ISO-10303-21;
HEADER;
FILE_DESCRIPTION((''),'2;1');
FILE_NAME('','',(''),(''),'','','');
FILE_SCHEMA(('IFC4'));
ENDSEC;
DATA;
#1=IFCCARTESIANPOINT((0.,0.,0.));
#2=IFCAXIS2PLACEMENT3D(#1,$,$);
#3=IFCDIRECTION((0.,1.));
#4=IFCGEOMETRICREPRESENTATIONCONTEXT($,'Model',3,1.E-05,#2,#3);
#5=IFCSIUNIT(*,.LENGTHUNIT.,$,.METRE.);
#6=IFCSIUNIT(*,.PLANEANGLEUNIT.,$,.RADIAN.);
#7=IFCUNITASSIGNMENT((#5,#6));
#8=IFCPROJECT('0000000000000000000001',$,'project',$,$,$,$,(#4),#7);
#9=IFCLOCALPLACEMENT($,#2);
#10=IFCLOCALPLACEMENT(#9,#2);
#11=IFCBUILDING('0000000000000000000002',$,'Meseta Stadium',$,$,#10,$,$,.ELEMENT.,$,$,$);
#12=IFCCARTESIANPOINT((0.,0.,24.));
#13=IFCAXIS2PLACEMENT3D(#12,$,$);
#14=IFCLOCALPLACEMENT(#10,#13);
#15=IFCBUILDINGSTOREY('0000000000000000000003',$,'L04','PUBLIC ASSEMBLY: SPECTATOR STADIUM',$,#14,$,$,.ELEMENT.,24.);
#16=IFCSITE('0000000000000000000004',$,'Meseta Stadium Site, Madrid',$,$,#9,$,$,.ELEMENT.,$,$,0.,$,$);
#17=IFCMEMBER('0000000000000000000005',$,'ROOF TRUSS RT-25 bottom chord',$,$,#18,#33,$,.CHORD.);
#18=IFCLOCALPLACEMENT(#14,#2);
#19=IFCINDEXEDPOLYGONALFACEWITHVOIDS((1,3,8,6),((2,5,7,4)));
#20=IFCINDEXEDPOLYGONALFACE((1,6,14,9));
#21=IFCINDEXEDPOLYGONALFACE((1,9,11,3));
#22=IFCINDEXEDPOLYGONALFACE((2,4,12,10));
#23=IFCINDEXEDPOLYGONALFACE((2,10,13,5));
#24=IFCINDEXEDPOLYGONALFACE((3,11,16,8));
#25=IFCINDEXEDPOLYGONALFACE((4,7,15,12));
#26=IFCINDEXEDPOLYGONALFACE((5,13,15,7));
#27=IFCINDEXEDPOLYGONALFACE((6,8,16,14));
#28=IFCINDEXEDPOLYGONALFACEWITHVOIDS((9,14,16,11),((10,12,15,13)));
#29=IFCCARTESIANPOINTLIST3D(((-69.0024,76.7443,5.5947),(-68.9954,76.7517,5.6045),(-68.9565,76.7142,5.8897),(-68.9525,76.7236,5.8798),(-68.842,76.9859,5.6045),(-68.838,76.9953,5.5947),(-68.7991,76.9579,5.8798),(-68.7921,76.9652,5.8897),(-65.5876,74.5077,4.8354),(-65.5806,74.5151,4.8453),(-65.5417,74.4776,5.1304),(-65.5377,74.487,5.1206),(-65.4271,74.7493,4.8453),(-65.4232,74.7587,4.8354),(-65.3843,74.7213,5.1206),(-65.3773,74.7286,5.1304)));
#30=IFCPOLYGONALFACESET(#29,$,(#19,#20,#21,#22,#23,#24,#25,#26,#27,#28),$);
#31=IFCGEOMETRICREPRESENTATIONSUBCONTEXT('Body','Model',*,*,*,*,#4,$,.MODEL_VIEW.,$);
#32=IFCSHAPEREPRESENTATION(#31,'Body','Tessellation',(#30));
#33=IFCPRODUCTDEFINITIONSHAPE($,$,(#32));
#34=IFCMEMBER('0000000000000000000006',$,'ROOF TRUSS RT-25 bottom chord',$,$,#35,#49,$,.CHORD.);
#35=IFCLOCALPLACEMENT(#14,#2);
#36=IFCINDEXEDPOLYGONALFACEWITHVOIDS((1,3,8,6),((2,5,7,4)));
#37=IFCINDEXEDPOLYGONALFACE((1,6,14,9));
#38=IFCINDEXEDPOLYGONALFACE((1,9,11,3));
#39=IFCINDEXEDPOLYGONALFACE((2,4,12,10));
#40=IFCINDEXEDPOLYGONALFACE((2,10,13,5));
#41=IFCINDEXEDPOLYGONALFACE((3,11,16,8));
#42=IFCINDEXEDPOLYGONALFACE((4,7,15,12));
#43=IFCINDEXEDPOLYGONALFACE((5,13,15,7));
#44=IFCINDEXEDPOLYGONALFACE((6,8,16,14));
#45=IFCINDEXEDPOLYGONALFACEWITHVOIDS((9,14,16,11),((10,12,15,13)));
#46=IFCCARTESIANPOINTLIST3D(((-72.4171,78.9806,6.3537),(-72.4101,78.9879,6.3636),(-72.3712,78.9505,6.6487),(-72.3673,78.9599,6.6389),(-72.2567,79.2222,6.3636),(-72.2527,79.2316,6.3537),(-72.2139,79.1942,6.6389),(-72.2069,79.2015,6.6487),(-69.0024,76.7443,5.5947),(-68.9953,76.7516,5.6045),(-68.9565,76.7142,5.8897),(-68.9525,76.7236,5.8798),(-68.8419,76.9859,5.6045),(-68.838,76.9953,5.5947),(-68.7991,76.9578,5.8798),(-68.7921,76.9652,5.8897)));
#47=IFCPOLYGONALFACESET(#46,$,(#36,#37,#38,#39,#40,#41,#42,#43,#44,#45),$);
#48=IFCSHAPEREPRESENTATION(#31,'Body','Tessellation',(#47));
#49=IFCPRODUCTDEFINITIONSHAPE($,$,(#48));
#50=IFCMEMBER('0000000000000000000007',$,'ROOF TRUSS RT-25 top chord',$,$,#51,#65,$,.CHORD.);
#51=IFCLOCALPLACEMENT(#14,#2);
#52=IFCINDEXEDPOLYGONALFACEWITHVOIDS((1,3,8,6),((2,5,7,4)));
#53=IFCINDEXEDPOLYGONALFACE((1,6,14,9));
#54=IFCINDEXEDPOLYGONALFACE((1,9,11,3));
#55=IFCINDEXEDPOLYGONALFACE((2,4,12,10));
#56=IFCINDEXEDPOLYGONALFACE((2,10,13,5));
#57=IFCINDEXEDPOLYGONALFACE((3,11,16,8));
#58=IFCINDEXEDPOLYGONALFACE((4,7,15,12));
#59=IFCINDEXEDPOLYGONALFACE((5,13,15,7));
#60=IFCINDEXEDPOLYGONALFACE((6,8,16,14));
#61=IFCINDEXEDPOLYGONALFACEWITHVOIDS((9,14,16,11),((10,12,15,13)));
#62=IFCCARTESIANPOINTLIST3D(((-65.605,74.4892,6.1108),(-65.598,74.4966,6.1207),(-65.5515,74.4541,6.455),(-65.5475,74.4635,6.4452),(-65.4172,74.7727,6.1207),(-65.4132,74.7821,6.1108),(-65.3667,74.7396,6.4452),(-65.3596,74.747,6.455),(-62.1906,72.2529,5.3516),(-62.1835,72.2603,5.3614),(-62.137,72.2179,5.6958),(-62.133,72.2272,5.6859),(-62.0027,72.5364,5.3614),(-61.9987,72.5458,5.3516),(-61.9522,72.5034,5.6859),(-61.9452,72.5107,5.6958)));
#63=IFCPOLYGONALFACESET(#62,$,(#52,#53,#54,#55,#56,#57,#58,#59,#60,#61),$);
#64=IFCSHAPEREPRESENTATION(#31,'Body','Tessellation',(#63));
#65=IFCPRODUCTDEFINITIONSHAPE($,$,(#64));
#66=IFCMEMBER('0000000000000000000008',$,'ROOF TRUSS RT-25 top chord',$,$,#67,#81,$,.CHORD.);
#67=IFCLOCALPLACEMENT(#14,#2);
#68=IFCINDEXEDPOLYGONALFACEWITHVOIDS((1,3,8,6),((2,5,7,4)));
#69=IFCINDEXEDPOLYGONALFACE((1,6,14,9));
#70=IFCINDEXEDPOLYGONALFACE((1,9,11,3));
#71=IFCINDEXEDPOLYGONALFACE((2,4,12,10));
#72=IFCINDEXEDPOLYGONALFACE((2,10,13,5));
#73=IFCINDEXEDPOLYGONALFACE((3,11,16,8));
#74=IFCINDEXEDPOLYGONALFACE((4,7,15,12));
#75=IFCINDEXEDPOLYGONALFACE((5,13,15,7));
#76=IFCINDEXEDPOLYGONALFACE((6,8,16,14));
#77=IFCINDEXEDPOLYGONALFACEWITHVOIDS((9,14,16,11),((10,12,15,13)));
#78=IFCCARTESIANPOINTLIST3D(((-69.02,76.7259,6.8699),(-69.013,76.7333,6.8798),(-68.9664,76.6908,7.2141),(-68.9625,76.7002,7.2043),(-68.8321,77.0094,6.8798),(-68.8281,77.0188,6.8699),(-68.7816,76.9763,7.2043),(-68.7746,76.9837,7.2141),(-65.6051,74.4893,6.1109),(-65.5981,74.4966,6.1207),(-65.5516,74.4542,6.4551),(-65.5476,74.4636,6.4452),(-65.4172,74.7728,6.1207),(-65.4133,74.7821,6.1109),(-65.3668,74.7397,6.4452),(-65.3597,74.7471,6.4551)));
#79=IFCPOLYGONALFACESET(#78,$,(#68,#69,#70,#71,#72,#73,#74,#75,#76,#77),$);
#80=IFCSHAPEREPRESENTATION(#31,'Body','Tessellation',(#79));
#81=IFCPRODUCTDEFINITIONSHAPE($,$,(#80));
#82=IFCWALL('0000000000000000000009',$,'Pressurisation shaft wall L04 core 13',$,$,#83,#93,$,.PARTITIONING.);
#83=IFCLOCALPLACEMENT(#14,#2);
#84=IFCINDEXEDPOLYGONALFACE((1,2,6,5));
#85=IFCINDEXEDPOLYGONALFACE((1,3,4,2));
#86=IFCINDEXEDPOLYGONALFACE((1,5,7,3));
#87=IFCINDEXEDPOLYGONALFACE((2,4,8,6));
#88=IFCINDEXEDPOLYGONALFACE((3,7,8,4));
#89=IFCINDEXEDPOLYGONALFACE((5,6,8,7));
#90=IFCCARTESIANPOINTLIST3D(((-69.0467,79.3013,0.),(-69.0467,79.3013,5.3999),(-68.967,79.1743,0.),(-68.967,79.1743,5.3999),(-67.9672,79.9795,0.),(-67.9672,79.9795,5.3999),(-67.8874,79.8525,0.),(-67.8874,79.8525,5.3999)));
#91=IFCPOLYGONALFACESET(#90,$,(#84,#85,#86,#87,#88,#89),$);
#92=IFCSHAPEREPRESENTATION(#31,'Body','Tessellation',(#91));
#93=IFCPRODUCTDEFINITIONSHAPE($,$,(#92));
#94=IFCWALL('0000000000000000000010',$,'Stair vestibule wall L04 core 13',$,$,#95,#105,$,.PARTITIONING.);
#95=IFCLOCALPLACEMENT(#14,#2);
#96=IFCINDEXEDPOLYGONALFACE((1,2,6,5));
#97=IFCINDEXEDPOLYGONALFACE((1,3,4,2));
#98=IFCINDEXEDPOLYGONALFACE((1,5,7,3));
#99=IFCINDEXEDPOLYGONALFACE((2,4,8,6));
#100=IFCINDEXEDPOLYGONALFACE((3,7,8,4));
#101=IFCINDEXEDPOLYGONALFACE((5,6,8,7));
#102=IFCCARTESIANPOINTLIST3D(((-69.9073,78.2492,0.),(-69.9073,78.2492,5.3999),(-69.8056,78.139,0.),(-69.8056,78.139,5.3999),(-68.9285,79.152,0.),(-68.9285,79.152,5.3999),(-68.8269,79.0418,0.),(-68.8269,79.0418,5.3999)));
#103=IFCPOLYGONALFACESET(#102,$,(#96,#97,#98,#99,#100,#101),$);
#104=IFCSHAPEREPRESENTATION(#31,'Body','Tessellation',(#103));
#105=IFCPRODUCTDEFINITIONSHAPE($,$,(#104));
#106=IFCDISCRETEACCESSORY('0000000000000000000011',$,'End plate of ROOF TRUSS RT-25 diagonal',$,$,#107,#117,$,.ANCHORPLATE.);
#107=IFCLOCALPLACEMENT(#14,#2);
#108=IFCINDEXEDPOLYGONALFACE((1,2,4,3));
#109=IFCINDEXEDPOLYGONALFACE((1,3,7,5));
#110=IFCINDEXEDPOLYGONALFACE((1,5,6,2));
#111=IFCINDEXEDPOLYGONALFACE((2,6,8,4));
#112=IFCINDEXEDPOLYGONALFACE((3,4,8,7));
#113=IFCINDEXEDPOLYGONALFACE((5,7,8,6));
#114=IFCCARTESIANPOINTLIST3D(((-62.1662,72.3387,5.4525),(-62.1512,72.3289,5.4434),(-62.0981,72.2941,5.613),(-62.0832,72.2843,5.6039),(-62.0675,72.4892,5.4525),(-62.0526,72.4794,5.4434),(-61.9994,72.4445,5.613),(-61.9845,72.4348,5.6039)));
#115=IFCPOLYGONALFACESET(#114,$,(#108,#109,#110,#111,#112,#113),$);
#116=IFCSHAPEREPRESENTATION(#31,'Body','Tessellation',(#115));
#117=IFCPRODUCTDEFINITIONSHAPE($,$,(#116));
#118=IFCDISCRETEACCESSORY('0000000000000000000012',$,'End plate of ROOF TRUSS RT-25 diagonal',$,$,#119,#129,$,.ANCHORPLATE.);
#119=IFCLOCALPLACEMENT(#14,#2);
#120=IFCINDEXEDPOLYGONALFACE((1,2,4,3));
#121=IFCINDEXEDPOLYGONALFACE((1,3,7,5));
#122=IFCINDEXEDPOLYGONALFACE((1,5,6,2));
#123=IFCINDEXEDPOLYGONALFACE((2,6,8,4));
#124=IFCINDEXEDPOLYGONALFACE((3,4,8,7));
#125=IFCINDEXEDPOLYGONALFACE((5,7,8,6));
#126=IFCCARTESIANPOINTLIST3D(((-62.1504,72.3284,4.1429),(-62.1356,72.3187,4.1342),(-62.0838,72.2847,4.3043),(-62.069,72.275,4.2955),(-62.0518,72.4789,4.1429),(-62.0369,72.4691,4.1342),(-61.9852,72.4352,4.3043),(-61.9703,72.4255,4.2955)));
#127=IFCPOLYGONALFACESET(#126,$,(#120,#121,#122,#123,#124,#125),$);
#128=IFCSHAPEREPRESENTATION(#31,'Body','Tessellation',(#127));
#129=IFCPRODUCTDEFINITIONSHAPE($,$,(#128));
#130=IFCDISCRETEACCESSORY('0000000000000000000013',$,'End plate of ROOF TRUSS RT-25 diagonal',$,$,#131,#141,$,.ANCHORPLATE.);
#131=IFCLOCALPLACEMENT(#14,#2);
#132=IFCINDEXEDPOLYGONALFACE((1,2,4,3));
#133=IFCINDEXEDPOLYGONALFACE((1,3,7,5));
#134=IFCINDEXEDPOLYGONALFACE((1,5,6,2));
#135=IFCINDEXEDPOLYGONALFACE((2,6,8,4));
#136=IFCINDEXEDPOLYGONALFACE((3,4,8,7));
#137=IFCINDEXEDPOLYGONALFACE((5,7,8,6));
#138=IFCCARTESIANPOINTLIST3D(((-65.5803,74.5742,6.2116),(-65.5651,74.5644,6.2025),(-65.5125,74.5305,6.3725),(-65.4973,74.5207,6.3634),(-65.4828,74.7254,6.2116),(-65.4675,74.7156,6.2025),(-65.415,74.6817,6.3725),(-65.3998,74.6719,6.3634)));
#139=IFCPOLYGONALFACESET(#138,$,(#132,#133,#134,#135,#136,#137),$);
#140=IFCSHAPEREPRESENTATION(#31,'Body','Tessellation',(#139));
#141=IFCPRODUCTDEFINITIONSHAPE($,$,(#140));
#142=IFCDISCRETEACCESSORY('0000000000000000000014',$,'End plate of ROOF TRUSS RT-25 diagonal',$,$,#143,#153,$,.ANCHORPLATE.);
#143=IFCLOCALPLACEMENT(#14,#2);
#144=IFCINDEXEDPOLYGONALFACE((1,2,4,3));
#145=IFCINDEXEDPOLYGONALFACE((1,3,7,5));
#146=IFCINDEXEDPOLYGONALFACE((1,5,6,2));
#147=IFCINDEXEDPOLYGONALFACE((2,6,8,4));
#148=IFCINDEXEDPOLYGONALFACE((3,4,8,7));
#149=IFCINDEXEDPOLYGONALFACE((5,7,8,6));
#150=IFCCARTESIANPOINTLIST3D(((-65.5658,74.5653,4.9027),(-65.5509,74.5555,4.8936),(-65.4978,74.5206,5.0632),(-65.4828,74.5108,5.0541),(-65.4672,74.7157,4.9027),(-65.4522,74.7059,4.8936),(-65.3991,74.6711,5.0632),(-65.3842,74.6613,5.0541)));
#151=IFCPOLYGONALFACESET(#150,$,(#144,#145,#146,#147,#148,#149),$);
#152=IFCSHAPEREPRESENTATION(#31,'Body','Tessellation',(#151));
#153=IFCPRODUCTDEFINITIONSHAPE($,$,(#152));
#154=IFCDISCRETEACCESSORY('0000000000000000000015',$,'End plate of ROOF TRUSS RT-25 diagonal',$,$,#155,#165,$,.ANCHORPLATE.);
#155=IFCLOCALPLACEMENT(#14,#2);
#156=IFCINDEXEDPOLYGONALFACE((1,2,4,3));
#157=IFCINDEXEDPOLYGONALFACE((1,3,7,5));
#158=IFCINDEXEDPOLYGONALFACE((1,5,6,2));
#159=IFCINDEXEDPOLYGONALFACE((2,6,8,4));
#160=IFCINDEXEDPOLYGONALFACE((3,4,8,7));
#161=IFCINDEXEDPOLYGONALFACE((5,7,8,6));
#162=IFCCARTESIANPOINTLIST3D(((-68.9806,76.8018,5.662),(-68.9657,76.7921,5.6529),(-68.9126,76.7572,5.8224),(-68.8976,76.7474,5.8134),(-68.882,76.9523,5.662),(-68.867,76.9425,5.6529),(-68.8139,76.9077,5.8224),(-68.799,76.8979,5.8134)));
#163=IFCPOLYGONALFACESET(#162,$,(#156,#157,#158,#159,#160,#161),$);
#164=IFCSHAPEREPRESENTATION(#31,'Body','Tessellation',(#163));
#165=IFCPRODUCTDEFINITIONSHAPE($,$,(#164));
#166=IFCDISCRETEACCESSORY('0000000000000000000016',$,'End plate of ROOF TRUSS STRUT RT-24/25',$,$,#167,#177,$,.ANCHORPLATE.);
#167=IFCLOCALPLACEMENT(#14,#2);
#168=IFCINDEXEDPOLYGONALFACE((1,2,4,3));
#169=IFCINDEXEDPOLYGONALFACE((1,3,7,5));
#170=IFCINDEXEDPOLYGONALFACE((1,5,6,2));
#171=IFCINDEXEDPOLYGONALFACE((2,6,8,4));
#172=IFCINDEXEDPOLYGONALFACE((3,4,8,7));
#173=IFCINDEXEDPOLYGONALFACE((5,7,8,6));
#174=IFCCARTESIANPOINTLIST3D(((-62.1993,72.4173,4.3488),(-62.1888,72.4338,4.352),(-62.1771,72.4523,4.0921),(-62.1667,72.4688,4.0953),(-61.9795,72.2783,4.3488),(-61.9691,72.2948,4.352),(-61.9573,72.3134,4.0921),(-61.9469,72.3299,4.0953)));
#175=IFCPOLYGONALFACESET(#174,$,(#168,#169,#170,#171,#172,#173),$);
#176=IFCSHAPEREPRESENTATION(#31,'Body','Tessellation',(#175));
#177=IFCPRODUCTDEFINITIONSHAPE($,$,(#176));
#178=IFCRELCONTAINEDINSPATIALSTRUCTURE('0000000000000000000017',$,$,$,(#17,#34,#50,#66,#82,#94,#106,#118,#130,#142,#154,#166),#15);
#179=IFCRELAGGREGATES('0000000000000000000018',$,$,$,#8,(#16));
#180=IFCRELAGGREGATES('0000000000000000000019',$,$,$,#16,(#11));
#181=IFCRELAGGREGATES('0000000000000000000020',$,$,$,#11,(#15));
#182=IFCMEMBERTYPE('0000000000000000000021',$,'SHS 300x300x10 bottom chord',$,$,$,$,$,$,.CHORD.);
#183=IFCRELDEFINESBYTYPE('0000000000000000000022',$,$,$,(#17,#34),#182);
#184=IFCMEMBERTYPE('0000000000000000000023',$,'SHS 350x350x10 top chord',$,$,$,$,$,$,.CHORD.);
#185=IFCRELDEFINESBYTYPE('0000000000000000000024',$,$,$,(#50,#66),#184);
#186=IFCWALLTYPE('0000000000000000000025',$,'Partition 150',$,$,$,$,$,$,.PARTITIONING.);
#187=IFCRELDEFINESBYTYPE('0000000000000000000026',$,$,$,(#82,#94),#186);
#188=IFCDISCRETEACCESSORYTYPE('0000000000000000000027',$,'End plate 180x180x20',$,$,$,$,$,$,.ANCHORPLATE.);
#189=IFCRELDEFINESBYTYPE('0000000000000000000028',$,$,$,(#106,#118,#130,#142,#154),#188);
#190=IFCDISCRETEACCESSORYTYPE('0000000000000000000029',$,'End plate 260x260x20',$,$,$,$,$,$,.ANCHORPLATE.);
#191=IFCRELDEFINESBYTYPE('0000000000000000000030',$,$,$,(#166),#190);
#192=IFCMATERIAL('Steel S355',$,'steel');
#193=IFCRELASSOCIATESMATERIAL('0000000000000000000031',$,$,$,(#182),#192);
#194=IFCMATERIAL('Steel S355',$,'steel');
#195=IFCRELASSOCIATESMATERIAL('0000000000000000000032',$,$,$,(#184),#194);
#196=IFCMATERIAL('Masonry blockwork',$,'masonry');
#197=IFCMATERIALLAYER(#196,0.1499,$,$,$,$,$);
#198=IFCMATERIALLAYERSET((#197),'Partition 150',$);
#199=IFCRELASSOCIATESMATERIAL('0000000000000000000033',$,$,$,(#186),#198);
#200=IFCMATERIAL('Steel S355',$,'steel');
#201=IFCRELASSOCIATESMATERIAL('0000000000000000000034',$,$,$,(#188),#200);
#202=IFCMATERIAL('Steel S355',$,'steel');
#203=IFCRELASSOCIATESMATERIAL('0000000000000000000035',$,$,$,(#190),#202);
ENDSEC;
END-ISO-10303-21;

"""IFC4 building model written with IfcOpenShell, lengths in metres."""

from ifc_helpers import new_model, si_unit, direction, frame, frame_2d, origin, origin_2d, place, context, subcontext, project, spatial, rectangle, hollow_rectangle, extrude, material, layer, layer_set, material_profile, profile_set, type_object, element, save


model = new_model("IFC4")

# Units and contexts
model_context = context("Model", 3, precision=1e-05, world=origin(), true_north=direction((0.0, 1.0)))
body_context = subcontext(model_context, "Body", "Model", "MODEL_VIEW")
ifc_project = project(units=[si_unit("LENGTHUNIT", "METRE"), si_unit("PLANEANGLEUNIT", "RADIAN")], contexts=[model_context])

# Site, building, storey
site_placement = place(None, origin())
site = spatial("IfcSite", under=ifc_project, at=site_placement, Name="Meseta Stadium Site, Madrid", CompositionType="ELEMENT", RefElevation=0.0)
building_placement = place(site_placement, origin())
building = spatial("IfcBuilding", under=site, at=building_placement, Name="Meseta Stadium", CompositionType="ELEMENT")
storey_placement = place(building_placement, frame((0.0, 0.0, 24.0)))
storey = spatial("IfcBuildingStorey", under=building, at=storey_placement, Name="L04", Description="PUBLIC ASSEMBLY: SPECTATOR STADIUM", CompositionType="ELEMENT", Elevation=24.0)

# Members
ifc_material_1 = material(Name="Steel S355", Category="steel")
ifc_material_profile_1 = material_profile(ifc_material_1, hollow_rectangle(XDim=0.3, YDim=0.3, WallThickness=0.01, at=origin_2d()), Name="SHS 300x300x10")
ifc_profile_set_1 = profile_set([ifc_material_profile_1], Name="Steel S355")
member_type_1 = type_object("IfcMemberType", Name="SHS 300x300x10 bottom chord", PredefinedType="CHORD", material=ifc_profile_set_1)
member_1_placement = place(storey_placement, frame((-65.4824, 74.6182, 4.9829), z_axis=(-0.822434, 0.538666, 0.182868), x_axis=(-0.547905, -0.836541, 0.0)))
element("IfcMember", 1, at=member_1_placement, inside=storey, type_object=member_type_1, Name="ROOF TRUSS RT-25 bottom chord", PredefinedType="CHORD", context=body_context, shape_type="SweptSolid", body=[
    extrude(hollow_rectangle(XDim=0.3, YDim=0.3, WallThickness=0.01, at=origin_2d()), origin(), (0.0, 0.0, 1.0), 4.1521),
])
member_2_placement = place(storey_placement, frame((-68.8972, 76.8547, 5.7422), z_axis=(-0.822469, 0.53863, 0.182817), x_axis=(-0.547863, -0.836568, 0.0)))
element("IfcMember", 2, at=member_2_placement, inside=storey, type_object=member_type_1, Name="ROOF TRUSS RT-25 bottom chord", PredefinedType="CHORD", context=body_context, shape_type="SweptSolid", body=[
    extrude(hollow_rectangle(XDim=0.3, YDim=0.3, WallThickness=0.01, at=origin_2d()), origin(), (0.0, 0.0, 1.0), 4.1519),
])
ifc_material_2 = material(Name="Steel S355", Category="steel")
ifc_material_profile_2 = material_profile(ifc_material_2, hollow_rectangle(XDim=0.3501, YDim=0.3501, WallThickness=0.01, at=origin_2d()), Name="SHS 350x350x10")
ifc_profile_set_2 = profile_set([ifc_material_profile_2], Name="Steel S355")
member_type_2 = type_object("IfcMemberType", Name="SHS 350x350x10 top chord", PredefinedType="CHORD", material=ifc_profile_set_2)
member_3_placement = place(storey_placement, frame((-62.0679, 72.3818, 5.5237), z_axis=(-0.822441, 0.53865, 0.182882), x_axis=(-0.547891, -0.83655, 0.0)))
element("IfcMember", 3, at=member_3_placement, inside=storey, type_object=member_type_2, Name="ROOF TRUSS RT-25 top chord", PredefinedType="CHORD", context=body_context, shape_type="SweptSolid", body=[
    extrude(hollow_rectangle(XDim=0.3501, YDim=0.3501, WallThickness=0.01, at=origin_2d()), origin(), (0.0, 0.0, 1.0), 4.1516),
])
member_4_placement = place(storey_placement, frame((-65.4824, 74.6182, 6.283), z_axis=(-0.822443, 0.538672, 0.182811), x_axis=(-0.547905, -0.836541, 0.0)))
element("IfcMember", 4, at=member_4_placement, inside=storey, type_object=member_type_2, Name="ROOF TRUSS RT-25 top chord", PredefinedType="CHORD", context=body_context, shape_type="SweptSolid", body=[
    extrude(hollow_rectangle(XDim=0.3501, YDim=0.3501, WallThickness=0.01, at=origin_2d()), origin(), (0.0, 0.0, 1.0), 4.1521),
])

# Walls
ifc_material_3 = material(Name="Masonry blockwork", Category="masonry")
ifc_layer = layer(ifc_material_3, 0.1499)
ifc_layer_set = layer_set([ifc_layer], Name="Partition 150")
wall_type = type_object("IfcWallType", Name="Partition 150", PredefinedType="PARTITIONING", material=ifc_layer_set)
wall_1_placement = place(storey_placement, frame((-69.0068, 79.2378, 0.0), z_axis=(0.0, 0.0, 1.0), x_axis=(0.84677, 0.53196, 0.0)))
element("IfcWall", 5, at=wall_1_placement, inside=storey, type_object=wall_type, Name="Pressurisation shaft wall L04 core 13", PredefinedType="PARTITIONING", context=body_context, shape_type="SweptSolid", body=[
    extrude(rectangle(XDim=1.2749, YDim=0.1499, at=frame_2d((0.6375, 0.0))), origin(), (0.0, 0.0, 1.0), 5.3999),
])
wall_2_placement = place(storey_placement, frame((-69.8564, 78.1941, 0.0), z_axis=(0.0, 0.0, 1.0), x_axis=(0.735042, 0.678021, 0.0)))
element("IfcWall", 6, at=wall_2_placement, inside=storey, type_object=wall_type, Name="Stair vestibule wall L04 core 13", PredefinedType="PARTITIONING", context=body_context, shape_type="SweptSolid", body=[
    extrude(rectangle(XDim=1.3315, YDim=0.1499, at=frame_2d((0.6658, 0.0))), origin(), (0.0, 0.0, 1.0), 5.3999),
])

# Discrete accessories
ifc_material_4 = material(Name="Steel S355", Category="steel")
ifc_material_profile_3 = material_profile(ifc_material_4, rectangle(XDim=0.1799, YDim=0.1799, at=origin_2d()), Name="PL 180x180")
ifc_profile_set_3 = profile_set([ifc_material_profile_3], Name="Steel S355")
discrete_accessory_type_1 = type_object("IfcDiscreteAccessoryType", Name="End plate 180x180x20", PredefinedType="ANCHORPLATE", material=ifc_profile_set_3)
discrete_accessory_1_placement = place(storey_placement, frame((-62.0679, 72.3818, 5.5237), z_axis=(-0.74579, 0.489043, 0.452365), x_axis=(-0.548357, -0.836244, 0.0)))
element("IfcDiscreteAccessory", 7, at=discrete_accessory_1_placement, inside=storey, type_object=discrete_accessory_type_1, Name="End plate of ROOF TRUSS RT-25 diagonal", PredefinedType="ANCHORPLATE", context=body_context, shape_type="SweptSolid", body=[
    extrude(rectangle(XDim=0.1799, YDim=0.1799, at=origin_2d()), origin(), (0.0, 0.0, 1.0), 0.02),
])
discrete_accessory_2_placement = place(storey_placement, frame((-62.053, 72.3721, 4.2148), z_axis=(-0.749893, 0.491733, 0.44256), x_axis=(-0.548357, -0.836244, 0.0)))
element("IfcDiscreteAccessory", 8, at=discrete_accessory_2_placement, inside=storey, type_object=discrete_accessory_type_1, Name="End plate of ROOF TRUSS RT-25 diagonal", PredefinedType="ANCHORPLATE", context=body_context, shape_type="SweptSolid", body=[
    extrude(rectangle(XDim=0.1799, YDim=0.1799, at=origin_2d()), origin(), (0.0, 0.0, 1.0), 0.0198),
])
discrete_accessory_3_placement = place(storey_placement, frame((-65.4824, 74.6182, 6.283), z_axis=(-0.751143, 0.484608, 0.448263), x_axis=(-0.542127, -0.840297, 0.0)))
element("IfcDiscreteAccessory", 9, at=discrete_accessory_3_placement, inside=storey, type_object=discrete_accessory_type_1, Name="End plate of ROOF TRUSS RT-25 diagonal", PredefinedType="ANCHORPLATE", context=body_context, shape_type="SweptSolid", body=[
    extrude(rectangle(XDim=0.1799, YDim=0.1799, at=origin_2d()), origin(), (0.0, 0.0, 1.0), 0.0203),
])
for number, where, z_axis, x_axis, name in (
    (10, (-65.4675, 74.6084, 4.9739), (-0.74579, 0.489043, 0.452365), (-0.548357, -0.836244, 0.0), "End plate of ROOF TRUSS RT-25 diagonal"),
    (11, (-68.8823, 76.845, 5.7332), (-0.74579, 0.489043, 0.452365), (-0.548357, -0.836244, 0.0), "End plate of ROOF TRUSS RT-25 diagonal"),
):
    element("IfcDiscreteAccessory", number, at=place(storey_placement, frame(where, z_axis=z_axis, x_axis=x_axis)), inside=storey, type_object=discrete_accessory_type_1, Name=name, PredefinedType="ANCHORPLATE", context=body_context, shape_type="SweptSolid", body=[
        extrude(rectangle(XDim=0.1799, YDim=0.1799, at=origin_2d()), origin(), (0.0, 0.0, 1.0), 0.02),
    ])
ifc_material_5 = material(Name="Steel S355", Category="steel")
ifc_material_profile_4 = material_profile(ifc_material_5, rectangle(XDim=0.26, YDim=0.26, at=origin_2d()), Name="PL 260x260")
ifc_profile_set_4 = profile_set([ifc_material_profile_4], Name="Steel S355")
discrete_accessory_type_2 = type_object("IfcDiscreteAccessoryType", Name="End plate 260x260x20", PredefinedType="ANCHORPLATE", material=ifc_profile_set_4)
discrete_accessory_4_placement = place(storey_placement, frame((-62.0679, 72.3818, 4.2236), z_axis=(-0.527617, -0.834372, -0.159512), x_axis=(0.845193, -0.534461, 0.0)))
element("IfcDiscreteAccessory", 12, at=discrete_accessory_4_placement, inside=storey, type_object=discrete_accessory_type_2, Name="End plate of ROOF TRUSS STRUT RT-24/25", PredefinedType="ANCHORPLATE", context=body_context, shape_type="SweptSolid", body=[
    extrude(rectangle(XDim=0.26, YDim=0.26, at=origin_2d()), origin(), (0.0, 0.0, 1.0), 0.0198),
])

save(model, "model.ifc")
